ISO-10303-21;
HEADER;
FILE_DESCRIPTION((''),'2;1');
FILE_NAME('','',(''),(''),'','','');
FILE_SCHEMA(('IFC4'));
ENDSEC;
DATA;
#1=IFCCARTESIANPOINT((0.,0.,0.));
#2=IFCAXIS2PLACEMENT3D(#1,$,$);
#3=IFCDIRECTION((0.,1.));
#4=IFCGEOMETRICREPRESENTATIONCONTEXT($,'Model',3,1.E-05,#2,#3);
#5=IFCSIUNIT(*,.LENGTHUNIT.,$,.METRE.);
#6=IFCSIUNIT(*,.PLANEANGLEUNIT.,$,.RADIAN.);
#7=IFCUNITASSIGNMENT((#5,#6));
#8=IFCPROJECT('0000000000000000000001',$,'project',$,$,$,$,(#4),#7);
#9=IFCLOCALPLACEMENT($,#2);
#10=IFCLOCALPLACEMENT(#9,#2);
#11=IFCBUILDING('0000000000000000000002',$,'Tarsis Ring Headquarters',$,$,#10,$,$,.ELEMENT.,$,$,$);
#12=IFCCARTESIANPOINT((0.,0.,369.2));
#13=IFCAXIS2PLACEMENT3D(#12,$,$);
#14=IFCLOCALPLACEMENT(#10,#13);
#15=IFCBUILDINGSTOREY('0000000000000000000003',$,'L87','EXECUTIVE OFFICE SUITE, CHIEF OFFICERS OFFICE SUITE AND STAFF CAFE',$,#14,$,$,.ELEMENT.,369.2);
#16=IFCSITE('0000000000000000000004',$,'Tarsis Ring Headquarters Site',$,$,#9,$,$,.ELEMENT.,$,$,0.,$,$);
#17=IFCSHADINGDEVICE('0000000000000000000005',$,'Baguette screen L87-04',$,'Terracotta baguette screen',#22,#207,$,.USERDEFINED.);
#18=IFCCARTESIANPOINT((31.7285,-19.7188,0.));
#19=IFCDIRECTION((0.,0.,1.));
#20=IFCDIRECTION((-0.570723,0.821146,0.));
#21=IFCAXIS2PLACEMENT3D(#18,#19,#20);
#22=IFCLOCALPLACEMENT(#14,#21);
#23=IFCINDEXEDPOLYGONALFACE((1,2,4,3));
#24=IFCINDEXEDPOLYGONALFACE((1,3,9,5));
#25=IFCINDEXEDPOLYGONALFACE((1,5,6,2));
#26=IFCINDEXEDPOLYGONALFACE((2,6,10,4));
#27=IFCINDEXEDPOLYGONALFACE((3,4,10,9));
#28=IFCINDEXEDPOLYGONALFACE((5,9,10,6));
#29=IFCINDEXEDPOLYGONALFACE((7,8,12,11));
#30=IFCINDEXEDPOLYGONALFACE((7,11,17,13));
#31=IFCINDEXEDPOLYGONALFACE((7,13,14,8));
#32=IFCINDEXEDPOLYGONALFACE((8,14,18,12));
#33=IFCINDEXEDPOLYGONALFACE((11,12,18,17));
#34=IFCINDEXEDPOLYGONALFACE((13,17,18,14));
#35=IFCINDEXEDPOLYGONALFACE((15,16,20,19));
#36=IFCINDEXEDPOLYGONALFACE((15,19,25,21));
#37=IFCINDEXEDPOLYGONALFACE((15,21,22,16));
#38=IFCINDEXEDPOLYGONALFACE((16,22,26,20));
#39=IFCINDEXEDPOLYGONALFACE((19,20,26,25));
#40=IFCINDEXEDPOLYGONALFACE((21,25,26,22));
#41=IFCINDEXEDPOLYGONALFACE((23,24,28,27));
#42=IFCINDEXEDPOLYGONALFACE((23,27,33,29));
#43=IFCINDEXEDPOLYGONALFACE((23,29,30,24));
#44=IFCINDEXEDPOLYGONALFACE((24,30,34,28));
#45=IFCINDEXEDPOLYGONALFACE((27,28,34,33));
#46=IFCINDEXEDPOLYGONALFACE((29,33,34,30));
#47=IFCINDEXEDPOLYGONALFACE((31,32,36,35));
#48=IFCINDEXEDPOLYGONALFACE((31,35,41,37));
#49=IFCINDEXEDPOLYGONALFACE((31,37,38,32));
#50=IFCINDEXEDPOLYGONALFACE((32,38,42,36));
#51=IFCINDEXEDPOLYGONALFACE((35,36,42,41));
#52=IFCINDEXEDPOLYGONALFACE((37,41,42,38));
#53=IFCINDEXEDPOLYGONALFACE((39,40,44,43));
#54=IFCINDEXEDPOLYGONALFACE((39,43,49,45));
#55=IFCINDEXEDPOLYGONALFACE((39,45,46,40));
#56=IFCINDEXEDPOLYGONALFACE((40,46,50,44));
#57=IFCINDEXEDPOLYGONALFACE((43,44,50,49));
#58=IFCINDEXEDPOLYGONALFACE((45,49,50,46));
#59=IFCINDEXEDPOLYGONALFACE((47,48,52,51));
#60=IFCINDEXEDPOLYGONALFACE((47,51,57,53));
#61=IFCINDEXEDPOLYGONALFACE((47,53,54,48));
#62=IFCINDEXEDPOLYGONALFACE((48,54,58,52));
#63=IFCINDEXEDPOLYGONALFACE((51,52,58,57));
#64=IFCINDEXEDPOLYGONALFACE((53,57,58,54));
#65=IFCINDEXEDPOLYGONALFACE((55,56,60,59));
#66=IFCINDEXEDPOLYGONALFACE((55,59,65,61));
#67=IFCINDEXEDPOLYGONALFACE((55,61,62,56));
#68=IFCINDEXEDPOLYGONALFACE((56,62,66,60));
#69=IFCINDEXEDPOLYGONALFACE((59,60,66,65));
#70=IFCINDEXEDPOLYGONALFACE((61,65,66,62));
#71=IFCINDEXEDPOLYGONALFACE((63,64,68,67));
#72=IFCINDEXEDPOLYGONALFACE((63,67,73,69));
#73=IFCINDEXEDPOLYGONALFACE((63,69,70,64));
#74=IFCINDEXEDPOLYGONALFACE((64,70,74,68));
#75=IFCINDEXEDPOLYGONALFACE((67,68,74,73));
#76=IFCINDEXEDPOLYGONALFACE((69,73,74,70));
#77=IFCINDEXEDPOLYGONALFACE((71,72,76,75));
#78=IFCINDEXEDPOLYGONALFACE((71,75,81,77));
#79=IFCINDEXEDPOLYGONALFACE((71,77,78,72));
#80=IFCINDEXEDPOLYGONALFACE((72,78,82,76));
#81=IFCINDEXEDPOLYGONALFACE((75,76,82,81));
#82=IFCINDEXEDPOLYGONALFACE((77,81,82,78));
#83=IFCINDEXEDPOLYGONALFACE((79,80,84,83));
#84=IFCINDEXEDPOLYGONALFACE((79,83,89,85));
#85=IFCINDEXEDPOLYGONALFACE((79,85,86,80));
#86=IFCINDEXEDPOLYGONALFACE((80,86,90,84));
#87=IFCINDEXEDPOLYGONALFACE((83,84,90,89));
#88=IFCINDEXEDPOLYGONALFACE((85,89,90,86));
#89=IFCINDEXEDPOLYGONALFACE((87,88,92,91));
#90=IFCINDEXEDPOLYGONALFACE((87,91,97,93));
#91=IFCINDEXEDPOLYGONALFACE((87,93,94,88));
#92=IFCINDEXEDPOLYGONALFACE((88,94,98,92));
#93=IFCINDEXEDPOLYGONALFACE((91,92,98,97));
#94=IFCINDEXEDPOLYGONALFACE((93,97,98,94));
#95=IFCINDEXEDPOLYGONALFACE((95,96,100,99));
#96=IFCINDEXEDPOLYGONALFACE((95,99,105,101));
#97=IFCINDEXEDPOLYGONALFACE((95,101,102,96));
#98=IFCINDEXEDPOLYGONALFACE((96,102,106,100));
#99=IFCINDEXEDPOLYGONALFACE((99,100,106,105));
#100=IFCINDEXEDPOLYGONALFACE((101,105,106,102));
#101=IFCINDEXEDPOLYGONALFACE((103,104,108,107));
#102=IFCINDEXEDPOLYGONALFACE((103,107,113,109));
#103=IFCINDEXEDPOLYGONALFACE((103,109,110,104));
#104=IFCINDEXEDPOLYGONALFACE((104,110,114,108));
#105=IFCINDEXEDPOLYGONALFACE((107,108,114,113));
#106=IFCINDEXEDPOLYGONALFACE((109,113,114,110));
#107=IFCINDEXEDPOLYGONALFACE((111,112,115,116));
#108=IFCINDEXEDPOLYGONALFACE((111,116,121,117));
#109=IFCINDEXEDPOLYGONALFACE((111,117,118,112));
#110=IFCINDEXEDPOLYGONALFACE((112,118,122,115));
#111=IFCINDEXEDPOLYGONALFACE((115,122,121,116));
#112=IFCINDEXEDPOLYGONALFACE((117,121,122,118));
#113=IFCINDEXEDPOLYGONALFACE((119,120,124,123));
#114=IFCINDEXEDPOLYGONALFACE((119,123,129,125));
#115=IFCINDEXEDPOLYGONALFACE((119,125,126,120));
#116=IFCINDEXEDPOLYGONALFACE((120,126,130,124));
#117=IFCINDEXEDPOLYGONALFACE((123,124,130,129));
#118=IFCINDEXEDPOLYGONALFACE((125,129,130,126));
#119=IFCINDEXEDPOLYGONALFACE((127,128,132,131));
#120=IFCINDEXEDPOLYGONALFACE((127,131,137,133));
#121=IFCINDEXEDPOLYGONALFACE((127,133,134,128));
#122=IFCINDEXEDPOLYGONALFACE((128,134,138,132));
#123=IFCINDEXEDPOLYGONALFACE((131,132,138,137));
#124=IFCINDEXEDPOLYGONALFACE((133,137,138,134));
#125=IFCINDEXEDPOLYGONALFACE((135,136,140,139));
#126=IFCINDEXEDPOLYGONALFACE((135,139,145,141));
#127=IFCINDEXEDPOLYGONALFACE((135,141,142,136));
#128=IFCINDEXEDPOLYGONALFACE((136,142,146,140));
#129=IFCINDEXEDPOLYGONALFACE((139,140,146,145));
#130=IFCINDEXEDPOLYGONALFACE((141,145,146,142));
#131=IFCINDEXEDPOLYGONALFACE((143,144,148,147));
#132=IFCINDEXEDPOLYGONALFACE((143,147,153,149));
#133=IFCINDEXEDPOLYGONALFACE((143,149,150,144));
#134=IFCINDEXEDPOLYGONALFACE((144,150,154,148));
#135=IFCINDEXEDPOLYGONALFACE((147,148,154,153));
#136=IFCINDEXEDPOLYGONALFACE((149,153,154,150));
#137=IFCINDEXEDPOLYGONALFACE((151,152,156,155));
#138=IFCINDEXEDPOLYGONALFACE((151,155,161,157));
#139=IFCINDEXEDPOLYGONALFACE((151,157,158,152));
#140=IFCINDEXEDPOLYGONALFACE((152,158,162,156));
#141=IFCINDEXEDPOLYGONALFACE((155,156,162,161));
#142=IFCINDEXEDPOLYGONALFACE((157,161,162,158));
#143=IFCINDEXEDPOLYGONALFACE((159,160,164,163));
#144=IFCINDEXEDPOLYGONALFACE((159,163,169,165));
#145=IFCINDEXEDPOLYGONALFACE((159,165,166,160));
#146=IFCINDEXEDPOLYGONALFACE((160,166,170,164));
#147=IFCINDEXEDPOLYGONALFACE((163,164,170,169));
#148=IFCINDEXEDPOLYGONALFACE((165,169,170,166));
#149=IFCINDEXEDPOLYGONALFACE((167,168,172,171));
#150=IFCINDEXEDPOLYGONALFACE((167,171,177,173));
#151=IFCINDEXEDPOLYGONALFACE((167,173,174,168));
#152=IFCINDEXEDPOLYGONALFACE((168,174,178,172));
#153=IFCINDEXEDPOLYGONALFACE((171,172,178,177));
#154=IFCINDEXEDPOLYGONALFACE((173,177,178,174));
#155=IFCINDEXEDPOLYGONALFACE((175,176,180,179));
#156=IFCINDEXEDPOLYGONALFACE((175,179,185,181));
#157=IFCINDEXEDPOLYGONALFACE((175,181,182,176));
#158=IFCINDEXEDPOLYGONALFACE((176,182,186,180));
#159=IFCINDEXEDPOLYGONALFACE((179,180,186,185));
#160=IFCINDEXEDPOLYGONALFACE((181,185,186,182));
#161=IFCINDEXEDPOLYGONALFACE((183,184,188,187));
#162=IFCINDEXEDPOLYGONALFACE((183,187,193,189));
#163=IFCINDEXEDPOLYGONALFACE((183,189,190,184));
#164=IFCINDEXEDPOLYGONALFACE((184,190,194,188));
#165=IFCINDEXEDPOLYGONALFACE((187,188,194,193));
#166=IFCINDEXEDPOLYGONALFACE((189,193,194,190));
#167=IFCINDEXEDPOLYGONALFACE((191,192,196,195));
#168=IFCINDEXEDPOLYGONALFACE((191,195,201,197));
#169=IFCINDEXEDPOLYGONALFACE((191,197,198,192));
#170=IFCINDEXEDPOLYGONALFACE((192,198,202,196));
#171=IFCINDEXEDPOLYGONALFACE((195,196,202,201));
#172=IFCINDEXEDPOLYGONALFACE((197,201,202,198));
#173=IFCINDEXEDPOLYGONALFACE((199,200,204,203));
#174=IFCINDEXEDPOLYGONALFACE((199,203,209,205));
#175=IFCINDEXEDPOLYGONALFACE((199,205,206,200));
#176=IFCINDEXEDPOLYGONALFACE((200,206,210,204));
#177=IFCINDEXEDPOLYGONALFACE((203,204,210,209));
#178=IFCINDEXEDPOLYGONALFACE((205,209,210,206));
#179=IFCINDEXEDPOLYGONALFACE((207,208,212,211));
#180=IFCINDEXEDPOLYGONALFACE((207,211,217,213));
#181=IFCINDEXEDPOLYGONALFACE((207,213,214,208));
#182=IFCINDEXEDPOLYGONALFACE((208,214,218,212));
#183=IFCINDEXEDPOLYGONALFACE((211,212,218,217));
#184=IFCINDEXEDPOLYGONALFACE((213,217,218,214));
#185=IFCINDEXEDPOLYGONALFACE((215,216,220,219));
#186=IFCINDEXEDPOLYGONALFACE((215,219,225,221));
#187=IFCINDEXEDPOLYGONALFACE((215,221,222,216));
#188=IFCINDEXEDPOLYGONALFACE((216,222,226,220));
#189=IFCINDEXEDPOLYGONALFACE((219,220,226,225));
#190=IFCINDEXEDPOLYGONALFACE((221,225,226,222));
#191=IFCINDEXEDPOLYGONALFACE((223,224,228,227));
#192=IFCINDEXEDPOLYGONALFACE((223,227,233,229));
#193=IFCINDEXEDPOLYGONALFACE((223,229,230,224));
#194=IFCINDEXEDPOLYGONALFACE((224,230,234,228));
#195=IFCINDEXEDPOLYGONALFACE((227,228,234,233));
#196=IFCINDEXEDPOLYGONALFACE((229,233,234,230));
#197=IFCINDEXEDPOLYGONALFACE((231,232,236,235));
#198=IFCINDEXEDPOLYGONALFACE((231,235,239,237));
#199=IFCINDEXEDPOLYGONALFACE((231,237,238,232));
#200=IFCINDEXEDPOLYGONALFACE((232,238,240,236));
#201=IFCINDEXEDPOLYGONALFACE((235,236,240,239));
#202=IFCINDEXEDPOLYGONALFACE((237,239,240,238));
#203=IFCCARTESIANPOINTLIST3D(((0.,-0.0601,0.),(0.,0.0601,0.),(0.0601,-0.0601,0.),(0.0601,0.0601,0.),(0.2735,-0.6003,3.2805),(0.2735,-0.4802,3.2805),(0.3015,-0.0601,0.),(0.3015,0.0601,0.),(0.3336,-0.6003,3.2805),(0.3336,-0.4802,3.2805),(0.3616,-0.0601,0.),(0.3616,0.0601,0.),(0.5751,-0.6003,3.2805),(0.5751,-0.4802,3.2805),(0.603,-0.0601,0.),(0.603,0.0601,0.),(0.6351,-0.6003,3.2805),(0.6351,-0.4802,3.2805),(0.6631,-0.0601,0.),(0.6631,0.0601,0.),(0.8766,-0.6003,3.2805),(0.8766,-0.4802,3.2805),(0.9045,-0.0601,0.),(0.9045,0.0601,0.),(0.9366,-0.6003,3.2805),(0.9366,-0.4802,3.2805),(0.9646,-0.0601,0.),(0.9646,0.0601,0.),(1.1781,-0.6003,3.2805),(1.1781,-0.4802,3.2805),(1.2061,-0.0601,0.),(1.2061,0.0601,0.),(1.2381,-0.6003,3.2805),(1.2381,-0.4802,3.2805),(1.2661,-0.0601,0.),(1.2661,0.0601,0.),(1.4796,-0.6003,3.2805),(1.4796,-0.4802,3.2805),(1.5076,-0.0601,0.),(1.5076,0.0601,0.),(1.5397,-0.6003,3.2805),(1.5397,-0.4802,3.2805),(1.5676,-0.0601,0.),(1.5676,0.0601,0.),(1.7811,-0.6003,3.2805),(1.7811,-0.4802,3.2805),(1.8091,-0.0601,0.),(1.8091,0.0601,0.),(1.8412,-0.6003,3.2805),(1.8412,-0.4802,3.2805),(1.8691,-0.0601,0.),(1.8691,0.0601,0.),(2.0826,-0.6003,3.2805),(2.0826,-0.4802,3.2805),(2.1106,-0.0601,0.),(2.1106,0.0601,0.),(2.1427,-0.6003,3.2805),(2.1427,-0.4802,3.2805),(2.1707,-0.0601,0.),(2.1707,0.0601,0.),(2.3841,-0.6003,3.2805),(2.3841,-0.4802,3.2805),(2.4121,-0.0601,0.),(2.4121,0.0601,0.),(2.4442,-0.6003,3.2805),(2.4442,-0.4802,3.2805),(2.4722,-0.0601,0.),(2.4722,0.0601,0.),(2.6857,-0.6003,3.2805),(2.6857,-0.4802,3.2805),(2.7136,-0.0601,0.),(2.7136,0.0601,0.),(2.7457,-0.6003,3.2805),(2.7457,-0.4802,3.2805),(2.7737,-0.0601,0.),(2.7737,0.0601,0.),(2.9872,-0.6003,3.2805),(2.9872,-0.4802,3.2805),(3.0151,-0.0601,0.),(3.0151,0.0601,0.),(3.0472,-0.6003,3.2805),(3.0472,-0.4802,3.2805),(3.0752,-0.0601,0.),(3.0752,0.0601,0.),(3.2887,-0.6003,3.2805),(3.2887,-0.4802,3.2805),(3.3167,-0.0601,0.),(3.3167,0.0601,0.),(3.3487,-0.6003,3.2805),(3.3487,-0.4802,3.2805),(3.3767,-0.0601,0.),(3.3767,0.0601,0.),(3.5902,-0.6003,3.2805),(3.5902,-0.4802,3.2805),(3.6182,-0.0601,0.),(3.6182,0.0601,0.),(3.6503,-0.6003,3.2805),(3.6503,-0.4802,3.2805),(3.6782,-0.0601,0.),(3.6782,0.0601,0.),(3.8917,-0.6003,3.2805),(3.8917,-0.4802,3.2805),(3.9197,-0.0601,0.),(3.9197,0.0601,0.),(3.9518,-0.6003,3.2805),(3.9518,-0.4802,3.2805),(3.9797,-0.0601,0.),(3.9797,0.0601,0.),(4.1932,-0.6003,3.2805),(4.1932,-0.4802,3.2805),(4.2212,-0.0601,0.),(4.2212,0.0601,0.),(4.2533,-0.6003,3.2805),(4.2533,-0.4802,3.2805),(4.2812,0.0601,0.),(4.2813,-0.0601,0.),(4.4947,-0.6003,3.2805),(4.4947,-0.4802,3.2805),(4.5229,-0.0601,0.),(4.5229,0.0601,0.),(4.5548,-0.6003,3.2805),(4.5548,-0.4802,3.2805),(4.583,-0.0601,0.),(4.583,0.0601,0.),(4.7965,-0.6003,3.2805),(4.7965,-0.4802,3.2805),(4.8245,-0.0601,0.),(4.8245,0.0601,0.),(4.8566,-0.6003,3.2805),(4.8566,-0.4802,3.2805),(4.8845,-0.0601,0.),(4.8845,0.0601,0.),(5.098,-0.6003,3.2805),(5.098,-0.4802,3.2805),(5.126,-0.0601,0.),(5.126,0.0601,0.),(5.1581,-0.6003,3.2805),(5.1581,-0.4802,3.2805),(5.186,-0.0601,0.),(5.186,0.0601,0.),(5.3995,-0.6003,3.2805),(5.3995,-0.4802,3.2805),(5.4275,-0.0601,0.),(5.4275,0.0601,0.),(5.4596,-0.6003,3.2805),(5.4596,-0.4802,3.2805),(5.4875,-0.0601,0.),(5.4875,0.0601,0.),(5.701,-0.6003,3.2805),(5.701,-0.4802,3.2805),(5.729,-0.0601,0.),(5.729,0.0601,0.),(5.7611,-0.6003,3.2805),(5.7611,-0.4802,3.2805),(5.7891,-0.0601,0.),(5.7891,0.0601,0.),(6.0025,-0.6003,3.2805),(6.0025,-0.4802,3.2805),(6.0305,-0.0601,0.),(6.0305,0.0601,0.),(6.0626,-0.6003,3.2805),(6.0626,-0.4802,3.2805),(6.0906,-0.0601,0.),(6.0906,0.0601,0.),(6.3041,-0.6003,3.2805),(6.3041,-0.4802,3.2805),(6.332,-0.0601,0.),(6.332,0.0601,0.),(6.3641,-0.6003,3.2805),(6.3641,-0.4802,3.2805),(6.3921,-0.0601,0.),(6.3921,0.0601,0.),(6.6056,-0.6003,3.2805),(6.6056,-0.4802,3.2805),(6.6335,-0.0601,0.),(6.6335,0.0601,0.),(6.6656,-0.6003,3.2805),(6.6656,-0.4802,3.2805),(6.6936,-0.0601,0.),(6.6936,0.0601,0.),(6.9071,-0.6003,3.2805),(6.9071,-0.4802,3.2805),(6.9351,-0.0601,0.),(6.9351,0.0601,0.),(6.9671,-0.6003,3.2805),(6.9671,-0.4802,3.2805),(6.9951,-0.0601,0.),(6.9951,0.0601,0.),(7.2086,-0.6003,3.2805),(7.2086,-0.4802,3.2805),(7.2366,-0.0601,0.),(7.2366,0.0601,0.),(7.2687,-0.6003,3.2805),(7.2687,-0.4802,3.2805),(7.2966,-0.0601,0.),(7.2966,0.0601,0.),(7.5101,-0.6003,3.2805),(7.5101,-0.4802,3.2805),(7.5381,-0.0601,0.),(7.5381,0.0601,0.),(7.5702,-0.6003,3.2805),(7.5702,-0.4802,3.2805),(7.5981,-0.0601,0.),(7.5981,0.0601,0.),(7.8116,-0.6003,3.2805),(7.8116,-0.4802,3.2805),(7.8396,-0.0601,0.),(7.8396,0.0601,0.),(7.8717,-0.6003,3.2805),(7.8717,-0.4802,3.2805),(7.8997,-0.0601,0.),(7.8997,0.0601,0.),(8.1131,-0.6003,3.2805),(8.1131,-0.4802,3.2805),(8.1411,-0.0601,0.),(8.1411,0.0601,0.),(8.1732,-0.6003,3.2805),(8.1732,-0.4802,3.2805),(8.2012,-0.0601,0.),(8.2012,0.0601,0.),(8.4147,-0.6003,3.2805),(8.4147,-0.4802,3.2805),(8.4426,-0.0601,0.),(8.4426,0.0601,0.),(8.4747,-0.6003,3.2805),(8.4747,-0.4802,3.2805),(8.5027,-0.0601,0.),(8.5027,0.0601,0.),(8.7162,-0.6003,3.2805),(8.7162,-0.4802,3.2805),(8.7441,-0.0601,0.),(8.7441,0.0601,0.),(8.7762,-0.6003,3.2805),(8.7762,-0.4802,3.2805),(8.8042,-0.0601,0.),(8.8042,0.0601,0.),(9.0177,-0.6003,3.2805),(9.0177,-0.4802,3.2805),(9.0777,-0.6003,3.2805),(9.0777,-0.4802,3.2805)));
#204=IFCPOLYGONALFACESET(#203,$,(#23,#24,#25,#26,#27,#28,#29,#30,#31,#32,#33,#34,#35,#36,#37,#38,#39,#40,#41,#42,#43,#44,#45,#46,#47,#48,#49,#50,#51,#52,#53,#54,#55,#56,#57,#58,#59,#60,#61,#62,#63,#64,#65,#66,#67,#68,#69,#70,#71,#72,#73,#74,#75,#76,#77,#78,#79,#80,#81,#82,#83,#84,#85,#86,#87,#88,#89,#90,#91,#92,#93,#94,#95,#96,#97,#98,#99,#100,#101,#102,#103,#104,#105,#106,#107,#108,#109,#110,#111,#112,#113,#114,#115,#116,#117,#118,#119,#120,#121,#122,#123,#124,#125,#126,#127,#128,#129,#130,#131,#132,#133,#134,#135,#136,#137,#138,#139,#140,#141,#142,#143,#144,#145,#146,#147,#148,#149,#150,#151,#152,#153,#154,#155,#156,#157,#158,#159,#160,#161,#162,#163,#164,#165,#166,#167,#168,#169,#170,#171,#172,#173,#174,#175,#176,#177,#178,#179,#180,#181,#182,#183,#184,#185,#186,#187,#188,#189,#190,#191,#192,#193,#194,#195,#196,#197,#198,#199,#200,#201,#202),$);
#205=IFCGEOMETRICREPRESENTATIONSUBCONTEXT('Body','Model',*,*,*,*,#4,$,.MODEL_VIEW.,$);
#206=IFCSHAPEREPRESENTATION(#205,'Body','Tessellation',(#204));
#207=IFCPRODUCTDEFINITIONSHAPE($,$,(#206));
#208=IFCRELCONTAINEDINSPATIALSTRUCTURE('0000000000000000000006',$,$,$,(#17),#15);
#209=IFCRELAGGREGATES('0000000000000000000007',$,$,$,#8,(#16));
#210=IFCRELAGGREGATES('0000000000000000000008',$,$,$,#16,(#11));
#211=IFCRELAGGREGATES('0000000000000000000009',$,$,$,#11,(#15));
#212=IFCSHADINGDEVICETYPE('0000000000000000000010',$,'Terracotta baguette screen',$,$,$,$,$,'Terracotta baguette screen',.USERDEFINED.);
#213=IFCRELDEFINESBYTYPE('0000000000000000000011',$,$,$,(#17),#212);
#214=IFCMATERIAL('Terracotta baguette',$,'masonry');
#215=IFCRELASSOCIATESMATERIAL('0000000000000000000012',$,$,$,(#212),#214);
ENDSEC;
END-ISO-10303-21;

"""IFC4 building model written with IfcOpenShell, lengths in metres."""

from ifc_helpers import new_model, si_unit, direction, frame, frame_2d, origin, place, context, subcontext, project, spatial, rectangle, composite_profile, extrude, material, type_object, element, save


model = new_model("IFC4")

# Units and contexts
model_context = context("Model", 3, precision=1e-05, world=origin(), true_north=direction((0.0, 1.0)))
body_context = subcontext(model_context, "Body", "Model", "MODEL_VIEW")
ifc_project = project(units=[si_unit("LENGTHUNIT", "METRE"), si_unit("PLANEANGLEUNIT", "RADIAN")], contexts=[model_context])

# Site, building, storey
site_placement = place(None, origin())
site = spatial("IfcSite", under=ifc_project, at=site_placement, Name="Tarsis Ring Headquarters Site", CompositionType="ELEMENT", RefElevation=0.0)
building_placement = place(site_placement, origin())
building = spatial("IfcBuilding", under=site, at=building_placement, Name="Tarsis Ring Headquarters", CompositionType="ELEMENT")
storey_placement = place(building_placement, frame((0.0, 0.0, 369.2)))
storey = spatial("IfcBuildingStorey", under=building, at=storey_placement, Name="L87", Description="EXECUTIVE OFFICE SUITE, CHIEF OFFICERS OFFICE SUITE AND STAFF CAFE", CompositionType="ELEMENT", Elevation=369.2)

# Shading device
ifc_material_1 = material(Name="Terracotta baguette", Category="masonry")
shading_device_type_1 = type_object("IfcShadingDeviceType", Name="Terracotta baguette screen", ElementType="Terracotta baguette screen", PredefinedType="USERDEFINED", material=ifc_material_1)
shading_device_placement = place(storey_placement, frame((31.7285, -19.7188, 0.0), z_axis=(0.0, 0.0, 1.0), x_axis=(-0.570723, 0.821146, 0.0)))
element("IfcShadingDevice", 1, at=shading_device_placement, inside=storey, type_object=shading_device_type_1, Name="Baguette screen L87-04", ObjectType="Terracotta baguette screen", PredefinedType="USERDEFINED", context=body_context, shape_type="SweptSolid", body=[
    extrude(composite_profile([rectangle(XDim=0.0601, YDim=0.1201, at=frame_2d((0.03, 0.0))), rectangle(XDim=0.0601, YDim=0.1201, at=frame_2d((0.3315, 0.0))), rectangle(XDim=0.0601, YDim=0.1201, at=frame_2d((0.6331, 0.0))), rectangle(XDim=0.0601, YDim=0.1201, at=frame_2d((0.9346, 0.0))), rectangle(XDim=0.0601, YDim=0.1201, at=frame_2d((1.2361, 0.0))), rectangle(XDim=0.0601, YDim=0.1201, at=frame_2d((1.5376, 0.0))), rectangle(XDim=0.0601, YDim=0.1201, at=frame_2d((1.8391, 0.0))), rectangle(XDim=0.0601, YDim=0.1201, at=frame_2d((2.1406, 0.0))), rectangle(XDim=0.0601, YDim=0.1201, at=frame_2d((2.4421, 0.0))), rectangle(XDim=0.0601, YDim=0.1201, at=frame_2d((2.7437, 0.0))), rectangle(XDim=0.0601, YDim=0.1201, at=frame_2d((3.0452, 0.0))), rectangle(XDim=0.0601, YDim=0.1201, at=frame_2d((3.3467, 0.0))), rectangle(XDim=0.0601, YDim=0.1201, at=frame_2d((3.6482, 0.0))), rectangle(XDim=0.0601, YDim=0.1201, at=frame_2d((3.9497, 0.0))), rectangle(XDim=0.0601, YDim=0.1201, at=frame_2d((4.2512, 0.0))), rectangle(XDim=0.0601, YDim=0.1201, at=frame_2d((4.553, 0.0))), rectangle(XDim=0.0601, YDim=0.1201, at=frame_2d((4.8545, 0.0))), rectangle(XDim=0.0601, YDim=0.1201, at=frame_2d((5.156, 0.0))), rectangle(XDim=0.0601, YDim=0.1201, at=frame_2d((5.4575, 0.0))), rectangle(XDim=0.0601, YDim=0.1201, at=frame_2d((5.759, 0.0))), rectangle(XDim=0.0601, YDim=0.1201, at=frame_2d((6.0605, 0.0))), rectangle(XDim=0.0601, YDim=0.1201, at=frame_2d((6.3621, 0.0))), rectangle(XDim=0.0601, YDim=0.1201, at=frame_2d((6.6636, 0.0))), rectangle(XDim=0.0601, YDim=0.1201, at=frame_2d((6.9651, 0.0))), rectangle(XDim=0.0601, YDim=0.1201, at=frame_2d((7.2666, 0.0))), rectangle(XDim=0.0601, YDim=0.1201, at=frame_2d((7.5681, 0.0))), rectangle(XDim=0.0601, YDim=0.1201, at=frame_2d((7.8696, 0.0))), rectangle(XDim=0.0601, YDim=0.1201, at=frame_2d((8.1711, 0.0))), rectangle(XDim=0.0601, YDim=0.1201, at=frame_2d((8.4727, 0.0))), rectangle(XDim=0.0601, YDim=0.1201, at=frame_2d((8.7742, 0.0)))]), origin(), (0.082, -0.161941, 0.983388), 3.3359),
])

save(model, "model.ifc")
